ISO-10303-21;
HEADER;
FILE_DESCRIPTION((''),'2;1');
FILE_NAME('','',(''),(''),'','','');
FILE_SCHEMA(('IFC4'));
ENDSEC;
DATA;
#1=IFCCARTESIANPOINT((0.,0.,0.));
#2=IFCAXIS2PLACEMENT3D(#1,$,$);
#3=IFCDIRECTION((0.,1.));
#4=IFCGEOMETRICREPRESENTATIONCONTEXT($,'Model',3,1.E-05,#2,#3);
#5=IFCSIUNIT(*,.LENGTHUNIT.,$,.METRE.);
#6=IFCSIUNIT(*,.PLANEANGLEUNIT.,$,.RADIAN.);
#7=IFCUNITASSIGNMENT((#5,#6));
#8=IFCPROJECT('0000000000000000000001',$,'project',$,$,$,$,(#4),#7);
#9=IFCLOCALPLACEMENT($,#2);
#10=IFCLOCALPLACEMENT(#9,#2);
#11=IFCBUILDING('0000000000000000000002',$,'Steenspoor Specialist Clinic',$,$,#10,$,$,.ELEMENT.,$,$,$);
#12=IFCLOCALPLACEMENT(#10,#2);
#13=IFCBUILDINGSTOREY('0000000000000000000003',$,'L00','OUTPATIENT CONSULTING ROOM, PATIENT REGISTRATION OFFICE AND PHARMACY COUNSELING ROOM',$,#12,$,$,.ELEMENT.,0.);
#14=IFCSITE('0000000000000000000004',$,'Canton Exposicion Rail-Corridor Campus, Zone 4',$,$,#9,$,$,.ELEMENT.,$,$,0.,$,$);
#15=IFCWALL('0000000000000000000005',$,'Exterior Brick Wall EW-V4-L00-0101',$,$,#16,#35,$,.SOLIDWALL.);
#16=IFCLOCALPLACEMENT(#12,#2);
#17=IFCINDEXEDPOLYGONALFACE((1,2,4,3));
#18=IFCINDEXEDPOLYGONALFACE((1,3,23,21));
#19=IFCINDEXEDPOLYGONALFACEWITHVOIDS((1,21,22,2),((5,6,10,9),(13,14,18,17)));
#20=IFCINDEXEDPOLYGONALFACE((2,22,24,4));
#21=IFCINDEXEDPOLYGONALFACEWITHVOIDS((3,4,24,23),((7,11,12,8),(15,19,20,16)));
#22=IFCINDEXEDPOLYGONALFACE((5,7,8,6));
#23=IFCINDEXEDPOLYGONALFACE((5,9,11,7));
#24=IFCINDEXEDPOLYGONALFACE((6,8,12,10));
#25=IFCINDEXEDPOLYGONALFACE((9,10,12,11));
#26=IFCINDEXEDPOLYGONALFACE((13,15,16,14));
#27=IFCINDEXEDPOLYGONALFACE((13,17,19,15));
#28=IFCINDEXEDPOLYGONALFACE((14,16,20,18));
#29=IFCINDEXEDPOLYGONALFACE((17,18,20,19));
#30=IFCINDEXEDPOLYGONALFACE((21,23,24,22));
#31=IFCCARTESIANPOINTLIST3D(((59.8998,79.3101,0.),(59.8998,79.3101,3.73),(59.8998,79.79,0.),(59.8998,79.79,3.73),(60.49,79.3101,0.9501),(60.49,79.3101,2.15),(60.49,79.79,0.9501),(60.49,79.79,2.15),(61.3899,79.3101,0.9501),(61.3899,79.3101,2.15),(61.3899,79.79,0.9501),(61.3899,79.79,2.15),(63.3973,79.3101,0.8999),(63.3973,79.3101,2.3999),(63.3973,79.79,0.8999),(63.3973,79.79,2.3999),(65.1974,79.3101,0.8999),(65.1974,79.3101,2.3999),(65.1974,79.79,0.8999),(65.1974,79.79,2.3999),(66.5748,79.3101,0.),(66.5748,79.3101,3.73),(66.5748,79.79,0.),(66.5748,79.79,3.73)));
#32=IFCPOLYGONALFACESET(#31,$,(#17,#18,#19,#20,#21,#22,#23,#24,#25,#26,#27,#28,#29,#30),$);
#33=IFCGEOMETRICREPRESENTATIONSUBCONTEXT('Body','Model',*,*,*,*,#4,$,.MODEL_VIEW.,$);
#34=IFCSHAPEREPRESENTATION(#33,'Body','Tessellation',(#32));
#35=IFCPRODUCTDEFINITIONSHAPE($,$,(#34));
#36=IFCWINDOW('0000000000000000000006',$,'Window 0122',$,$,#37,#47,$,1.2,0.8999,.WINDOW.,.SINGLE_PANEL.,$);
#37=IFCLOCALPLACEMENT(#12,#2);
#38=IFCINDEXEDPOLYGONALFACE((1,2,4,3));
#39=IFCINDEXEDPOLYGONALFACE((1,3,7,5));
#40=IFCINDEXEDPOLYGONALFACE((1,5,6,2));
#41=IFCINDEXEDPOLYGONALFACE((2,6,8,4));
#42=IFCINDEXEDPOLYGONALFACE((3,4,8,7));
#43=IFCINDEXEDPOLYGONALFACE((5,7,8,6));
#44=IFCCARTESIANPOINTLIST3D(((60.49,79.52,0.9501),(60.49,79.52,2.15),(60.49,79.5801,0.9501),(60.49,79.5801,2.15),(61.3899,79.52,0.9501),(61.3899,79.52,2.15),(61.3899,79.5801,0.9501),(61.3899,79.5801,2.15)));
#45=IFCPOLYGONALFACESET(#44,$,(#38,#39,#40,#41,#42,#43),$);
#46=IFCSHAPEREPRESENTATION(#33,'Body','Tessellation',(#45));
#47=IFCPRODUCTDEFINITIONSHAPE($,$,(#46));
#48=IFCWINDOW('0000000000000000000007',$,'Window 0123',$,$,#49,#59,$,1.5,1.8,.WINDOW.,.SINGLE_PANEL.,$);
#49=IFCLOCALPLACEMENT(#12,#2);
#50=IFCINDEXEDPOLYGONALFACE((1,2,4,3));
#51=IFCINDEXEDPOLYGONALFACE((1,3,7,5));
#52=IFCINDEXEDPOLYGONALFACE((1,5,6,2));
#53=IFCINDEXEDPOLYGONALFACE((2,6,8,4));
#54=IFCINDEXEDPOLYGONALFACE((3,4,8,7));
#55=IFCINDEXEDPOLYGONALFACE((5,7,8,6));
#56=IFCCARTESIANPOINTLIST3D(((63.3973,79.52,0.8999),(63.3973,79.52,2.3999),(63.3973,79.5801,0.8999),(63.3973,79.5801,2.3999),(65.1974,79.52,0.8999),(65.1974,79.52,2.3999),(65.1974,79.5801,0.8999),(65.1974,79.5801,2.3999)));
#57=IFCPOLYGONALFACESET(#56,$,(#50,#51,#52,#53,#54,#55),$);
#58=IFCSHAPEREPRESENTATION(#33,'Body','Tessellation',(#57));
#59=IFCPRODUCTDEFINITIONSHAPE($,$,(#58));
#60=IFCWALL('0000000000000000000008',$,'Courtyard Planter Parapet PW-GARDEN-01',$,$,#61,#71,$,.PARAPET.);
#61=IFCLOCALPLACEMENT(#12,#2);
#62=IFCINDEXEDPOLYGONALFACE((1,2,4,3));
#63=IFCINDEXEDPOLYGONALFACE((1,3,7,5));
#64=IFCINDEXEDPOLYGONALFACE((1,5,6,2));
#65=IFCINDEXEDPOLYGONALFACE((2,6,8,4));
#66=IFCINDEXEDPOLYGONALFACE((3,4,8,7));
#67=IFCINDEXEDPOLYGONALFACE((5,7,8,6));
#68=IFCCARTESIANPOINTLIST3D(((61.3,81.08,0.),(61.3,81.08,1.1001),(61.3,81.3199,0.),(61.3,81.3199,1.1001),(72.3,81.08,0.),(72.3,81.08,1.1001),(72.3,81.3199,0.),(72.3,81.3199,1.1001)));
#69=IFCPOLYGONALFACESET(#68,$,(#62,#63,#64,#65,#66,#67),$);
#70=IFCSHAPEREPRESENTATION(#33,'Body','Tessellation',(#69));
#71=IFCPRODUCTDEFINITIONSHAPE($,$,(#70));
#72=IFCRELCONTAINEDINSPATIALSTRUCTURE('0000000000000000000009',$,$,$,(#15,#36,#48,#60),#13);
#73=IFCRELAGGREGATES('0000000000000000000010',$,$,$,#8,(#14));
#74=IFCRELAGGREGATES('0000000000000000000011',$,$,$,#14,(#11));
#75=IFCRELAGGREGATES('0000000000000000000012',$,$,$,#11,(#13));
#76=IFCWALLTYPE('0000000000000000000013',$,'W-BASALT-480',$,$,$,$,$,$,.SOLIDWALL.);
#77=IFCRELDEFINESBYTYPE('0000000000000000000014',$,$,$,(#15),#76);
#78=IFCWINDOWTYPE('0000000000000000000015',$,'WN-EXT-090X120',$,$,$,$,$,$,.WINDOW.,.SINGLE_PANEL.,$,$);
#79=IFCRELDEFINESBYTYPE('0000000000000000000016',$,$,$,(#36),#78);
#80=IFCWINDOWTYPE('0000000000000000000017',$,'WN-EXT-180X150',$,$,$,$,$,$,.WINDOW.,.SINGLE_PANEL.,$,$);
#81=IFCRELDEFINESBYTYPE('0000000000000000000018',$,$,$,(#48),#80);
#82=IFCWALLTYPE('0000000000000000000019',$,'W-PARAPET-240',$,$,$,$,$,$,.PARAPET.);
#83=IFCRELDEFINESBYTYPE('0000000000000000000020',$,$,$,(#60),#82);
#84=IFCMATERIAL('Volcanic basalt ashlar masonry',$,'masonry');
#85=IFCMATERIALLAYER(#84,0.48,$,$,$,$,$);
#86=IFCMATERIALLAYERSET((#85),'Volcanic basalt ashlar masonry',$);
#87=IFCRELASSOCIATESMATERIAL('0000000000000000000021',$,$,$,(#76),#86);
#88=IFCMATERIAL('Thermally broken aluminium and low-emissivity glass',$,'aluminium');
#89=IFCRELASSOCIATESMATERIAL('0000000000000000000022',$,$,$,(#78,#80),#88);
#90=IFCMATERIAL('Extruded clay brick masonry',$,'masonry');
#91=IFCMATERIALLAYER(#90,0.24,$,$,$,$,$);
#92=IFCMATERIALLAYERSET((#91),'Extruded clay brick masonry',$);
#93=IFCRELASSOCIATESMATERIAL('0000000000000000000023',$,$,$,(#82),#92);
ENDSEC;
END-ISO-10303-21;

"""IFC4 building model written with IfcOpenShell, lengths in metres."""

from ifc_helpers import new_model, si_unit, direction, frame, frame_2d, origin, place, context, subcontext, project, spatial, rectangle, extrude, material, layer, layer_set, type_object, element, fill, save


model = new_model("IFC4")

# Units and contexts
model_context = context("Model", 3, precision=1e-05, world=origin(), true_north=direction((0.0, 1.0)))
body_context = subcontext(model_context, "Body", "Model", "MODEL_VIEW")
ifc_project = project(units=[si_unit("LENGTHUNIT", "METRE"), si_unit("PLANEANGLEUNIT", "RADIAN")], contexts=[model_context])

# Site, building, storey
site_placement = place(None, origin())
site = spatial("IfcSite", under=ifc_project, at=site_placement, Name="Canton Exposicion Rail-Corridor Campus, Zone 4", CompositionType="ELEMENT", RefElevation=0.0)
building_placement = place(site_placement, origin())
building = spatial("IfcBuilding", under=site, at=building_placement, Name="Steenspoor Specialist Clinic", CompositionType="ELEMENT")
storey_placement = place(building_placement, origin())
storey = spatial("IfcBuildingStorey", under=building, at=storey_placement, Name="L00", Description="OUTPATIENT CONSULTING ROOM, PATIENT REGISTRATION OFFICE AND PHARMACY COUNSELING ROOM", CompositionType="ELEMENT", Elevation=0.0)

# Shared definitions
ifc_material_1 = material(Name="Thermally broken aluminium and low-emissivity glass", Category="aluminium")

# Wall, openings, windows
ifc_material_2 = material(Name="Volcanic basalt ashlar masonry", Category="masonry")
ifc_layer_1 = layer(ifc_material_2, 0.48)
ifc_layer_set_1 = layer_set([ifc_layer_1], Name="Volcanic basalt ashlar masonry")
wall_type_1 = type_object("IfcWallType", Name="W-BASALT-480", PredefinedType="SOLIDWALL", material=ifc_layer_set_1)
wall_1_placement = place(storey_placement, frame((59.8999, 79.55, 0.0), z_axis=(0.0, 0.0, 1.0), x_axis=(1.0, 0.0, 0.0)))
wall_1 = element("IfcWall", 1, at=wall_1_placement, inside=storey, type_object=wall_type_1, Name="Exterior Brick Wall EW-V4-L00-0101", PredefinedType="SOLIDWALL", context=body_context, shape_type="SweptSolid", body=[
    extrude(rectangle(XDim=6.675, YDim=0.48, at=frame_2d((3.3374, 0.0))), origin(), (0.0, 0.0, 1.0), 3.73),
])
opening_1_placement = place(wall_1_placement, frame((0.5901, 0.0, 0.95)))
opening_1 = element("IfcOpeningElement", 2, at=opening_1_placement, cuts=wall_1, PredefinedType="OPENING", context=body_context, shape_type="SweptSolid", body=[
    extrude(rectangle(XDim=0.8999, YDim=1.2, at=frame_2d((0.45, 0.6001))), frame((0.0, 0.25, 0.0), z_axis=(0.0, -1.0, 0.0), x_axis=(1.0, 0.0, 0.0)), (0.0, 0.0, 1.0), 0.5),
])
opening_2_placement = place(wall_1_placement, frame((3.4976, 0.0, 0.8999)))
opening_2 = element("IfcOpeningElement", 3, at=opening_2_placement, cuts=wall_1, PredefinedType="OPENING", context=body_context, shape_type="SweptSolid", body=[
    extrude(rectangle(XDim=1.8, YDim=1.5, at=frame_2d((0.8999, 0.75))), frame((0.0, 0.25, 0.0), z_axis=(0.0, -1.0, 0.0), x_axis=(1.0, 0.0, 0.0)), (0.0, 0.0, 1.0), 0.5),
])
window_type_1 = type_object("IfcWindowType", Name="WN-EXT-090X120", PartitioningType="SINGLE_PANEL", PredefinedType="WINDOW", material=ifc_material_1)
window_1_placement = place(opening_1_placement, origin())
window_1 = element("IfcWindow", 4, at=window_1_placement, inside=storey, type_object=window_type_1, Name="Window 0122", OverallHeight=1.2, OverallWidth=0.8999, PartitioningType="SINGLE_PANEL", PredefinedType="WINDOW", context=body_context, shape_type="SweptSolid", body=[
    extrude(rectangle(XDim=0.8999, YDim=1.2, at=frame_2d((0.45, 0.6001))), frame((0.0, 0.03, 0.0), z_axis=(0.0, -1.0, 0.0), x_axis=(1.0, 0.0, 0.0)), (0.0, 0.0, 1.0), 0.0601),
])
fill(opening_1, window_1)
window_type_2 = type_object("IfcWindowType", Name="WN-EXT-180X150", PartitioningType="SINGLE_PANEL", PredefinedType="WINDOW", material=ifc_material_1)
window_2_placement = place(opening_2_placement, origin())
window_2 = element("IfcWindow", 5, at=window_2_placement, inside=storey, type_object=window_type_2, Name="Window 0123", OverallHeight=1.5, OverallWidth=1.8, PartitioningType="SINGLE_PANEL", PredefinedType="WINDOW", context=body_context, shape_type="SweptSolid", body=[
    extrude(rectangle(XDim=1.8, YDim=1.5, at=frame_2d((0.8999, 0.75))), frame((0.0, 0.03, 0.0), z_axis=(0.0, -1.0, 0.0), x_axis=(1.0, 0.0, 0.0)), (0.0, 0.0, 1.0), 0.0601),
])
fill(opening_2, window_2)

# Wall
ifc_material_3 = material(Name="Extruded clay brick masonry", Category="masonry")
ifc_layer_2 = layer(ifc_material_3, 0.24)
ifc_layer_set_2 = layer_set([ifc_layer_2], Name="Extruded clay brick masonry")
wall_type_2 = type_object("IfcWallType", Name="W-PARAPET-240", PredefinedType="PARAPET", material=ifc_layer_set_2)
wall_2_placement = place(storey_placement, frame((61.3, 81.2, 0.0), z_axis=(0.0, 0.0, 1.0), x_axis=(1.0, 0.0, 0.0)))
element("IfcWall", 6, at=wall_2_placement, inside=storey, type_object=wall_type_2, Name="Courtyard Planter Parapet PW-GARDEN-01", PredefinedType="PARAPET", context=body_context, shape_type="SweptSolid", body=[
    extrude(rectangle(XDim=11.0, YDim=0.24, at=frame_2d((5.5, 0.0))), origin(), (0.0, 0.0, 1.0), 1.1001),
])

save(model, "model.ifc")
